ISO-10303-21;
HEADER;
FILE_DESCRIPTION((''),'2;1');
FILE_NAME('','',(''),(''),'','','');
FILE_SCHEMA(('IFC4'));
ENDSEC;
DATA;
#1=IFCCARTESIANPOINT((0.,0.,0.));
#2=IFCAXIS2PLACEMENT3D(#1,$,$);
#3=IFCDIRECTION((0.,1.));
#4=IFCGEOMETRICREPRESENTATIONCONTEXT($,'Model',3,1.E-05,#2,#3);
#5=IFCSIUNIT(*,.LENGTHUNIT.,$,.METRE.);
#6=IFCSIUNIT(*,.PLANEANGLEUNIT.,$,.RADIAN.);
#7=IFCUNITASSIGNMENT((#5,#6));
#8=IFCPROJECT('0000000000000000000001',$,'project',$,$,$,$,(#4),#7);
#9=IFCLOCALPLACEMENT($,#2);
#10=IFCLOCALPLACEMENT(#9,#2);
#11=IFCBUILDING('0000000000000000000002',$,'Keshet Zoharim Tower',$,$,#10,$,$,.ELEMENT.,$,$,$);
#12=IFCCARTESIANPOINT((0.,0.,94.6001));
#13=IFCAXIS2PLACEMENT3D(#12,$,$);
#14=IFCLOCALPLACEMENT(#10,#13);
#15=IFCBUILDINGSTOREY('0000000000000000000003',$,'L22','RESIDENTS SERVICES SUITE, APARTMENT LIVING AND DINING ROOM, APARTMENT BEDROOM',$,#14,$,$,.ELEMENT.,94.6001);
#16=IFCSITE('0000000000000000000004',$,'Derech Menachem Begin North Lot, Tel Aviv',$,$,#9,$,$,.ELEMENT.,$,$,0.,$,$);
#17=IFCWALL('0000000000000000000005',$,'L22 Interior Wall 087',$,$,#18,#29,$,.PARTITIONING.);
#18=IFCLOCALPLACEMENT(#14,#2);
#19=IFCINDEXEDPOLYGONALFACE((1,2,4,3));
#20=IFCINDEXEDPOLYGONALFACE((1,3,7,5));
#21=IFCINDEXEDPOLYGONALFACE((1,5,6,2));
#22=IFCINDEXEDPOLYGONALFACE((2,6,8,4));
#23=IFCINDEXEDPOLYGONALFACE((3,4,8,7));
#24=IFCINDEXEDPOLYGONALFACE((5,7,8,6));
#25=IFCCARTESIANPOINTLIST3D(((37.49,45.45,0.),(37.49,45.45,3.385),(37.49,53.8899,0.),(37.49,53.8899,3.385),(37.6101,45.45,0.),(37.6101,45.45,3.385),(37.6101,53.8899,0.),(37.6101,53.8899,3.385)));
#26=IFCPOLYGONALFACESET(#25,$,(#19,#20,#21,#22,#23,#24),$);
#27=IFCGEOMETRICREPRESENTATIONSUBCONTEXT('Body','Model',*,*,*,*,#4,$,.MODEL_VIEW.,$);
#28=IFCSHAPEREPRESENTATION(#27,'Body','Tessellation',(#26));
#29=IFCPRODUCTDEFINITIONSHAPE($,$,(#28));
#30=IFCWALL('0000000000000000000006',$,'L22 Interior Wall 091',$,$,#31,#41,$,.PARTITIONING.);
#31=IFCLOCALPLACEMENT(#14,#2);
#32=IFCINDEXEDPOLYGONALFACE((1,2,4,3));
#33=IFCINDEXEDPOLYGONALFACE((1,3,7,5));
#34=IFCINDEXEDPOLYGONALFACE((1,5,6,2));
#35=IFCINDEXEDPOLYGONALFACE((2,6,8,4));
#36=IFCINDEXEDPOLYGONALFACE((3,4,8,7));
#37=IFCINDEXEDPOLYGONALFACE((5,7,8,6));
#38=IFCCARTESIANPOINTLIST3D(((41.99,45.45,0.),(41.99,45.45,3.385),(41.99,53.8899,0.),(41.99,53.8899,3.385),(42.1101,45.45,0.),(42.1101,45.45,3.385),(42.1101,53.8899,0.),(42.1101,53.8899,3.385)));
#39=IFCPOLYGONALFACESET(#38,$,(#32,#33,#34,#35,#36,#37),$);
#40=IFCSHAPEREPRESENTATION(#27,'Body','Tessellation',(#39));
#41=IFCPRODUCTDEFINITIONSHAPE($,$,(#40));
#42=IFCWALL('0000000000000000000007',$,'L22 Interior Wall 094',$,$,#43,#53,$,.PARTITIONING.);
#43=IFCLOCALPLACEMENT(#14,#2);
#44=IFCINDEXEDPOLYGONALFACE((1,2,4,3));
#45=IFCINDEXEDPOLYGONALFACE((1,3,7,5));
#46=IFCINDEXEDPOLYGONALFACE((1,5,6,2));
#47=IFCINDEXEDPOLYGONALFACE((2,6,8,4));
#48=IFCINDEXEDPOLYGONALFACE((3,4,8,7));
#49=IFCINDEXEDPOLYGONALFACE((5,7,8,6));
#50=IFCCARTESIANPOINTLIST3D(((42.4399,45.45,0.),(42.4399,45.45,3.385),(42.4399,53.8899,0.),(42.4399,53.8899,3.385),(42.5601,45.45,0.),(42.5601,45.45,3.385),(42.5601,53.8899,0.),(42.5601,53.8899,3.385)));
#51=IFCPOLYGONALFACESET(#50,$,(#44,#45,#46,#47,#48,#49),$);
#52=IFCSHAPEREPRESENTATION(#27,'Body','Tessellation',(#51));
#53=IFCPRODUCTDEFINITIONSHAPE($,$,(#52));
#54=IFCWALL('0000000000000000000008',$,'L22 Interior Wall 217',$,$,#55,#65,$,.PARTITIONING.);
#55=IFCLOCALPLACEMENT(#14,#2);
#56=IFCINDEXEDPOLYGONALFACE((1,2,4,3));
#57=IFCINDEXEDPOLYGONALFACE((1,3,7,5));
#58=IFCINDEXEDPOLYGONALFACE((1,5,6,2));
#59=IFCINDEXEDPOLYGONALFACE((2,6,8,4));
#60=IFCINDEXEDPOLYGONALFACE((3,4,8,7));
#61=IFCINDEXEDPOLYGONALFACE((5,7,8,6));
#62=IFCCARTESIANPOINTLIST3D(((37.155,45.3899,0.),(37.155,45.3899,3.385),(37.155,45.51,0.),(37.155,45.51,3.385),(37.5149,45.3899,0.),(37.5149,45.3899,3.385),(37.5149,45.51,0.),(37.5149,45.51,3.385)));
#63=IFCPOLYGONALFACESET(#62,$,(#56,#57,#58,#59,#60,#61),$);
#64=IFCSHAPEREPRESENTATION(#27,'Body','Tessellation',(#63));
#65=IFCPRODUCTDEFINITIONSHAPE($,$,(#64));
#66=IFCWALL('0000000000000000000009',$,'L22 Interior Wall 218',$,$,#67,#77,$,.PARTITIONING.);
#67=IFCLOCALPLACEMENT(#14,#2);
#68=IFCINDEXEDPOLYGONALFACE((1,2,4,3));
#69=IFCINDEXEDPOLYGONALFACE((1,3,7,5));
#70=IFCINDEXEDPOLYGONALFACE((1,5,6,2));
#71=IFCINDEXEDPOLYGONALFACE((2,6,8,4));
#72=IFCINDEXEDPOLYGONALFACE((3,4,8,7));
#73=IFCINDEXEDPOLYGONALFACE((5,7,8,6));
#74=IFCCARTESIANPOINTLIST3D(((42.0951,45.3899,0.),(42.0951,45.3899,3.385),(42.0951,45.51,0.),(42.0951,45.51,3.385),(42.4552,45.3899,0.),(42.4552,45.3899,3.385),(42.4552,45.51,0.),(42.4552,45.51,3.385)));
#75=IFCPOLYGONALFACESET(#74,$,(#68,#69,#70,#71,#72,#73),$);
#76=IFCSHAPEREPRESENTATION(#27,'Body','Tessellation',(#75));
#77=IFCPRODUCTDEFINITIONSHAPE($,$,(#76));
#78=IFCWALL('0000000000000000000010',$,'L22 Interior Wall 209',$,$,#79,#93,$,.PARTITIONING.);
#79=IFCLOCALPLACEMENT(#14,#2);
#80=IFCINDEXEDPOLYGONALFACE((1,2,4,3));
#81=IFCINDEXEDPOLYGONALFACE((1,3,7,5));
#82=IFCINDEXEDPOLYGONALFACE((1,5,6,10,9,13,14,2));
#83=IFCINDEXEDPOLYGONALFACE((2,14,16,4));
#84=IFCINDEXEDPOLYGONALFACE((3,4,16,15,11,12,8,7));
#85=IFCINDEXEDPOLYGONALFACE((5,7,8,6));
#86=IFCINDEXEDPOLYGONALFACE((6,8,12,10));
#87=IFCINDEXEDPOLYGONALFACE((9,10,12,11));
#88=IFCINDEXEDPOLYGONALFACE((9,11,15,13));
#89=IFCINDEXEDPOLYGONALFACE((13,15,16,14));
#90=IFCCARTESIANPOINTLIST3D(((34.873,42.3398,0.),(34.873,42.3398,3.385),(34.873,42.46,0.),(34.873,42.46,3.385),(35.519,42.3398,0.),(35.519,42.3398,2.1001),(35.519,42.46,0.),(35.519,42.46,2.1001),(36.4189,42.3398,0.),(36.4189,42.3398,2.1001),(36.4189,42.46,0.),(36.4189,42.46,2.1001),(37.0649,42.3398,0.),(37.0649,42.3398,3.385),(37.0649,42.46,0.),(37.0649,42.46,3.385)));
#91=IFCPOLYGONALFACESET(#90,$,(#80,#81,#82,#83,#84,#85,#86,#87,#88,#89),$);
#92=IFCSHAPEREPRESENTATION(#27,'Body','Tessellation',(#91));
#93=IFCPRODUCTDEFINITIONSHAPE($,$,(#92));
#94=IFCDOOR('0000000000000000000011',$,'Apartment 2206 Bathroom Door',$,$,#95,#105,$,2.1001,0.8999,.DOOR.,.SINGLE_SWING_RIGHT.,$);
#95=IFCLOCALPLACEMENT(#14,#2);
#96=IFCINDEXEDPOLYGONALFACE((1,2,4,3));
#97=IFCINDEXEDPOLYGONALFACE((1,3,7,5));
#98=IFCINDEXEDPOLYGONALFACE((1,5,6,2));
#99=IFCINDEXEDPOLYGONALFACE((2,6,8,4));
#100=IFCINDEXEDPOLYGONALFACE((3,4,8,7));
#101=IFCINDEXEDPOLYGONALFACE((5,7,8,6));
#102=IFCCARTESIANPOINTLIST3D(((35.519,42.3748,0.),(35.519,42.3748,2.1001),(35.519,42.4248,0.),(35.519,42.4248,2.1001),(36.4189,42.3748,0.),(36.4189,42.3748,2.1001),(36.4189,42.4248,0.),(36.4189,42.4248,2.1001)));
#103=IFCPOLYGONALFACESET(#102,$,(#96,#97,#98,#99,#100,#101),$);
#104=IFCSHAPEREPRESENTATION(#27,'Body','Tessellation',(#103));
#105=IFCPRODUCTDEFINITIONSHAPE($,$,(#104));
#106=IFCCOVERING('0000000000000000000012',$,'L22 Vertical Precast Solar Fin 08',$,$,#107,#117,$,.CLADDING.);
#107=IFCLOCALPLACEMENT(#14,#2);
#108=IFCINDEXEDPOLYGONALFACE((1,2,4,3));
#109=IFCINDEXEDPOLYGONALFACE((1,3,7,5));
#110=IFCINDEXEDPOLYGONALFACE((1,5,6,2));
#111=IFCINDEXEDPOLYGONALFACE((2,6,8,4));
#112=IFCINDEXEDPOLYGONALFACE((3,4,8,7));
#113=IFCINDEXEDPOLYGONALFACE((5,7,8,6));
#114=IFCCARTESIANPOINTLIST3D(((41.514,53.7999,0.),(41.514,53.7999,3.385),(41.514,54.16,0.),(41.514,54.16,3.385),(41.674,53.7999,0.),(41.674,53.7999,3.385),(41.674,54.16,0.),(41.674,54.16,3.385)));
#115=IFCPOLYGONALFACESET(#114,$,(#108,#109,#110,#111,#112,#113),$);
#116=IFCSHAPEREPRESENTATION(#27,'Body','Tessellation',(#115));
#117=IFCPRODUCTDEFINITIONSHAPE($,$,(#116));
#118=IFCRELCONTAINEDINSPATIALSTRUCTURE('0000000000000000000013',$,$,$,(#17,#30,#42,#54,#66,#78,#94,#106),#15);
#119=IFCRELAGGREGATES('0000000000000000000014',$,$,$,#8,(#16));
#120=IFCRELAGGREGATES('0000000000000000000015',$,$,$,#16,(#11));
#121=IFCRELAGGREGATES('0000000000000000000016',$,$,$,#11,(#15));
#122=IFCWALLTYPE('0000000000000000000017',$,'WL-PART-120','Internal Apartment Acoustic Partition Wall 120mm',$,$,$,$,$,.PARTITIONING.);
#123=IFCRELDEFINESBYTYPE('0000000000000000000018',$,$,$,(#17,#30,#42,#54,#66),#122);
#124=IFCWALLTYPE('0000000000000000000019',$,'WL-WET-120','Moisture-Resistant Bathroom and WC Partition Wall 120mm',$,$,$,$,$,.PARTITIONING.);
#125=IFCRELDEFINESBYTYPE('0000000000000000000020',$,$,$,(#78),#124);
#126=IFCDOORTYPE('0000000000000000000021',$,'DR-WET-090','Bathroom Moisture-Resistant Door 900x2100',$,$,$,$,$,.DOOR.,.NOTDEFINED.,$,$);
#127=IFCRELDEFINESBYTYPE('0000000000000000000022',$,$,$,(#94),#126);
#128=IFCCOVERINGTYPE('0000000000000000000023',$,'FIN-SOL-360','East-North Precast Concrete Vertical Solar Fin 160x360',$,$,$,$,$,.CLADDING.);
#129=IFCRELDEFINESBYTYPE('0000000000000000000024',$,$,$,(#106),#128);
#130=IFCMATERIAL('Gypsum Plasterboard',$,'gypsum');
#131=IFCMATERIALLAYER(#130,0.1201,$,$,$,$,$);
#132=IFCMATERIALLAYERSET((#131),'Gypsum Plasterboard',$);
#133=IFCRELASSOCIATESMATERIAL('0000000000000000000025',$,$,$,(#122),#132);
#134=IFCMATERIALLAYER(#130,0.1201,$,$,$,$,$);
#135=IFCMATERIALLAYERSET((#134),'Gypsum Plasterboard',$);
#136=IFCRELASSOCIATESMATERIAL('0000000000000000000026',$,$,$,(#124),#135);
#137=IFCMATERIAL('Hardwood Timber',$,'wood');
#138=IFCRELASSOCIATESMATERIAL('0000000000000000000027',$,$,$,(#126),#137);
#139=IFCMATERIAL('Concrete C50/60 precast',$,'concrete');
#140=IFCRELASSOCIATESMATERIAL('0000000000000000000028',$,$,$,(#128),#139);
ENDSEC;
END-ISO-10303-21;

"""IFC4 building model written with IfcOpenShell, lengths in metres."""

from ifc_helpers import new_model, si_unit, direction, frame, frame_2d, origin, origin_2d, place, context, subcontext, project, spatial, rectangle, extrude, material, layer, layer_set, type_object, element, fill, save


model = new_model("IFC4")

# Units and contexts
model_context = context("Model", 3, precision=1e-05, world=origin(), true_north=direction((0.0, 1.0)))
body_context = subcontext(model_context, "Body", "Model", "MODEL_VIEW")
ifc_project = project(units=[si_unit("LENGTHUNIT", "METRE"), si_unit("PLANEANGLEUNIT", "RADIAN")], contexts=[model_context])

# Site, building, storey
site_placement = place(None, origin())
site = spatial("IfcSite", under=ifc_project, at=site_placement, Name="Derech Menachem Begin North Lot, Tel Aviv", CompositionType="ELEMENT", RefElevation=0.0)
building_placement = place(site_placement, origin())
building = spatial("IfcBuilding", under=site, at=building_placement, Name="Keshet Zoharim Tower", CompositionType="ELEMENT")
storey_placement = place(building_placement, frame((0.0, 0.0, 94.6001)))
storey = spatial("IfcBuildingStorey", under=building, at=storey_placement, Name="L22", Description="RESIDENTS SERVICES SUITE, APARTMENT LIVING AND DINING ROOM, APARTMENT BEDROOM", CompositionType="ELEMENT", Elevation=94.6001)

# Walls
ifc_material_1 = material(Name="Gypsum Plasterboard", Category="gypsum")
ifc_layer_1 = layer(ifc_material_1, 0.1201)
ifc_layer_set_1 = layer_set([ifc_layer_1], Name="Gypsum Plasterboard")
wall_type_1 = type_object("IfcWallType", Name="WL-PART-120", Description="Internal Apartment Acoustic Partition Wall 120mm", PredefinedType="PARTITIONING", material=ifc_layer_set_1)
for number, where, z_axis, x_axis, name in (
    (1, (37.55, 45.45, 0.0), (0.0, 0.0, 1.0), (0.0, 1.0, 0.0), "L22 Interior Wall 087"),
    (2, (42.05, 45.45, 0.0), (0.0, 0.0, 1.0), (0.0, 1.0, 0.0), "L22 Interior Wall 091"),
    (3, (42.5, 45.45, 0.0), (0.0, 0.0, 1.0), (0.0, 1.0, 0.0), "L22 Interior Wall 094"),
):
    element("IfcWall", number, at=place(storey_placement, frame(where, z_axis=z_axis, x_axis=x_axis)), inside=storey, type_object=wall_type_1, Name=name, PredefinedType="PARTITIONING", context=body_context, shape_type="SweptSolid", body=[
        extrude(rectangle(XDim=8.4399, YDim=0.1201, at=frame_2d((4.22, 0.0))), origin(), (0.0, 0.0, 1.0), 3.385),
    ])

# Shared definitions
ifc_material_2 = material(Name="Hardwood Timber", Category="wood")

# Walls
wall_1_placement = place(storey_placement, frame((37.155, 45.45, 0.0), z_axis=(0.0, 0.0, 1.0), x_axis=(1.0, 0.0, 0.0)))
element("IfcWall", 4, at=wall_1_placement, inside=storey, type_object=wall_type_1, Name="L22 Interior Wall 217", PredefinedType="PARTITIONING", context=body_context, shape_type="SweptSolid", body=[
    extrude(rectangle(XDim=0.3599, YDim=0.1201, at=frame_2d((0.1799, 0.0))), origin(), (0.0, 0.0, 1.0), 3.385),
])
wall_2_placement = place(storey_placement, frame((42.095, 45.45, 0.0), z_axis=(0.0, 0.0, 1.0), x_axis=(1.0, 0.0, 0.0)))
element("IfcWall", 5, at=wall_2_placement, inside=storey, type_object=wall_type_1, Name="L22 Interior Wall 218", PredefinedType="PARTITIONING", context=body_context, shape_type="SweptSolid", body=[
    extrude(rectangle(XDim=0.3601, YDim=0.1201, at=frame_2d((0.1802, 0.0))), origin(), (0.0, 0.0, 1.0), 3.385),
])

# Wall, opening, door
ifc_layer_2 = layer(ifc_material_1, 0.1201)
ifc_layer_set_2 = layer_set([ifc_layer_2], Name="Gypsum Plasterboard")
wall_type_2 = type_object("IfcWallType", Name="WL-WET-120", Description="Moisture-Resistant Bathroom and WC Partition Wall 120mm", PredefinedType="PARTITIONING", material=ifc_layer_set_2)
wall_3_placement = place(storey_placement, frame((34.873, 42.3999, 0.0), z_axis=(0.0, 0.0, 1.0), x_axis=(1.0, 0.0, 0.0)))
wall_3 = element("IfcWall", 6, at=wall_3_placement, inside=storey, type_object=wall_type_2, Name="L22 Interior Wall 209", PredefinedType="PARTITIONING", context=body_context, shape_type="SweptSolid", body=[
    extrude(rectangle(XDim=2.1919, YDim=0.1201, at=frame_2d((1.0959, 0.0))), origin(), (0.0, 0.0, 1.0), 3.385),
])
opening_1_placement = place(wall_3_placement, frame((0.646, 0.0, 0.0)))
opening_1 = element("IfcOpeningElement", 7, at=opening_1_placement, cuts=wall_3, PredefinedType="OPENING", context=body_context, shape_type="SweptSolid", body=[
    extrude(rectangle(XDim=0.8999, YDim=2.1001, at=frame_2d((0.45, 1.05))), frame((0.0, 0.0701, 0.0), z_axis=(0.0, -1.0, 0.0), x_axis=(1.0, 0.0, 0.0)), (0.0, 0.0, 1.0), 0.1401),
])
door_type_1 = type_object("IfcDoorType", Name="DR-WET-090", Description="Bathroom Moisture-Resistant Door 900x2100", OperationType="NOTDEFINED", PredefinedType="DOOR", material=ifc_material_2)
door_1_placement = place(opening_1_placement, origin())
door_1 = element("IfcDoor", 8, at=door_1_placement, inside=storey, type_object=door_type_1, Name="Apartment 2206 Bathroom Door", OperationType="SINGLE_SWING_RIGHT", OverallHeight=2.1001, OverallWidth=0.8999, PredefinedType="DOOR", context=body_context, shape_type="SweptSolid", body=[
    extrude(rectangle(XDim=0.8999, YDim=2.1001, at=frame_2d((0.45, 1.05))), frame((0.0, 0.0249, 0.0), z_axis=(0.0, -1.0, 0.0), x_axis=(1.0, 0.0, 0.0)), (0.0, 0.0, 1.0), 0.05),
])
fill(opening_1, door_1)

# Covering
ifc_material_3 = material(Name="Concrete C50/60 precast", Category="concrete")
covering_type = type_object("IfcCoveringType", Name="FIN-SOL-360", Description="East-North Precast Concrete Vertical Solar Fin 160x360", PredefinedType="CLADDING", material=ifc_material_3)
covering_placement = place(storey_placement, frame((41.594, 53.98, 0.0), z_axis=(0.0, 0.0, 1.0), x_axis=(1.0, 0.0, 0.0)))
element("IfcCovering", 9, at=covering_placement, inside=storey, type_object=covering_type, Name="L22 Vertical Precast Solar Fin 08", PredefinedType="CLADDING", context=body_context, shape_type="SweptSolid", body=[
    extrude(rectangle(XDim=0.1599, YDim=0.3601, at=origin_2d()), origin(), (0.0, 0.0, 1.0), 3.385),
])

save(model, "model.ifc")
